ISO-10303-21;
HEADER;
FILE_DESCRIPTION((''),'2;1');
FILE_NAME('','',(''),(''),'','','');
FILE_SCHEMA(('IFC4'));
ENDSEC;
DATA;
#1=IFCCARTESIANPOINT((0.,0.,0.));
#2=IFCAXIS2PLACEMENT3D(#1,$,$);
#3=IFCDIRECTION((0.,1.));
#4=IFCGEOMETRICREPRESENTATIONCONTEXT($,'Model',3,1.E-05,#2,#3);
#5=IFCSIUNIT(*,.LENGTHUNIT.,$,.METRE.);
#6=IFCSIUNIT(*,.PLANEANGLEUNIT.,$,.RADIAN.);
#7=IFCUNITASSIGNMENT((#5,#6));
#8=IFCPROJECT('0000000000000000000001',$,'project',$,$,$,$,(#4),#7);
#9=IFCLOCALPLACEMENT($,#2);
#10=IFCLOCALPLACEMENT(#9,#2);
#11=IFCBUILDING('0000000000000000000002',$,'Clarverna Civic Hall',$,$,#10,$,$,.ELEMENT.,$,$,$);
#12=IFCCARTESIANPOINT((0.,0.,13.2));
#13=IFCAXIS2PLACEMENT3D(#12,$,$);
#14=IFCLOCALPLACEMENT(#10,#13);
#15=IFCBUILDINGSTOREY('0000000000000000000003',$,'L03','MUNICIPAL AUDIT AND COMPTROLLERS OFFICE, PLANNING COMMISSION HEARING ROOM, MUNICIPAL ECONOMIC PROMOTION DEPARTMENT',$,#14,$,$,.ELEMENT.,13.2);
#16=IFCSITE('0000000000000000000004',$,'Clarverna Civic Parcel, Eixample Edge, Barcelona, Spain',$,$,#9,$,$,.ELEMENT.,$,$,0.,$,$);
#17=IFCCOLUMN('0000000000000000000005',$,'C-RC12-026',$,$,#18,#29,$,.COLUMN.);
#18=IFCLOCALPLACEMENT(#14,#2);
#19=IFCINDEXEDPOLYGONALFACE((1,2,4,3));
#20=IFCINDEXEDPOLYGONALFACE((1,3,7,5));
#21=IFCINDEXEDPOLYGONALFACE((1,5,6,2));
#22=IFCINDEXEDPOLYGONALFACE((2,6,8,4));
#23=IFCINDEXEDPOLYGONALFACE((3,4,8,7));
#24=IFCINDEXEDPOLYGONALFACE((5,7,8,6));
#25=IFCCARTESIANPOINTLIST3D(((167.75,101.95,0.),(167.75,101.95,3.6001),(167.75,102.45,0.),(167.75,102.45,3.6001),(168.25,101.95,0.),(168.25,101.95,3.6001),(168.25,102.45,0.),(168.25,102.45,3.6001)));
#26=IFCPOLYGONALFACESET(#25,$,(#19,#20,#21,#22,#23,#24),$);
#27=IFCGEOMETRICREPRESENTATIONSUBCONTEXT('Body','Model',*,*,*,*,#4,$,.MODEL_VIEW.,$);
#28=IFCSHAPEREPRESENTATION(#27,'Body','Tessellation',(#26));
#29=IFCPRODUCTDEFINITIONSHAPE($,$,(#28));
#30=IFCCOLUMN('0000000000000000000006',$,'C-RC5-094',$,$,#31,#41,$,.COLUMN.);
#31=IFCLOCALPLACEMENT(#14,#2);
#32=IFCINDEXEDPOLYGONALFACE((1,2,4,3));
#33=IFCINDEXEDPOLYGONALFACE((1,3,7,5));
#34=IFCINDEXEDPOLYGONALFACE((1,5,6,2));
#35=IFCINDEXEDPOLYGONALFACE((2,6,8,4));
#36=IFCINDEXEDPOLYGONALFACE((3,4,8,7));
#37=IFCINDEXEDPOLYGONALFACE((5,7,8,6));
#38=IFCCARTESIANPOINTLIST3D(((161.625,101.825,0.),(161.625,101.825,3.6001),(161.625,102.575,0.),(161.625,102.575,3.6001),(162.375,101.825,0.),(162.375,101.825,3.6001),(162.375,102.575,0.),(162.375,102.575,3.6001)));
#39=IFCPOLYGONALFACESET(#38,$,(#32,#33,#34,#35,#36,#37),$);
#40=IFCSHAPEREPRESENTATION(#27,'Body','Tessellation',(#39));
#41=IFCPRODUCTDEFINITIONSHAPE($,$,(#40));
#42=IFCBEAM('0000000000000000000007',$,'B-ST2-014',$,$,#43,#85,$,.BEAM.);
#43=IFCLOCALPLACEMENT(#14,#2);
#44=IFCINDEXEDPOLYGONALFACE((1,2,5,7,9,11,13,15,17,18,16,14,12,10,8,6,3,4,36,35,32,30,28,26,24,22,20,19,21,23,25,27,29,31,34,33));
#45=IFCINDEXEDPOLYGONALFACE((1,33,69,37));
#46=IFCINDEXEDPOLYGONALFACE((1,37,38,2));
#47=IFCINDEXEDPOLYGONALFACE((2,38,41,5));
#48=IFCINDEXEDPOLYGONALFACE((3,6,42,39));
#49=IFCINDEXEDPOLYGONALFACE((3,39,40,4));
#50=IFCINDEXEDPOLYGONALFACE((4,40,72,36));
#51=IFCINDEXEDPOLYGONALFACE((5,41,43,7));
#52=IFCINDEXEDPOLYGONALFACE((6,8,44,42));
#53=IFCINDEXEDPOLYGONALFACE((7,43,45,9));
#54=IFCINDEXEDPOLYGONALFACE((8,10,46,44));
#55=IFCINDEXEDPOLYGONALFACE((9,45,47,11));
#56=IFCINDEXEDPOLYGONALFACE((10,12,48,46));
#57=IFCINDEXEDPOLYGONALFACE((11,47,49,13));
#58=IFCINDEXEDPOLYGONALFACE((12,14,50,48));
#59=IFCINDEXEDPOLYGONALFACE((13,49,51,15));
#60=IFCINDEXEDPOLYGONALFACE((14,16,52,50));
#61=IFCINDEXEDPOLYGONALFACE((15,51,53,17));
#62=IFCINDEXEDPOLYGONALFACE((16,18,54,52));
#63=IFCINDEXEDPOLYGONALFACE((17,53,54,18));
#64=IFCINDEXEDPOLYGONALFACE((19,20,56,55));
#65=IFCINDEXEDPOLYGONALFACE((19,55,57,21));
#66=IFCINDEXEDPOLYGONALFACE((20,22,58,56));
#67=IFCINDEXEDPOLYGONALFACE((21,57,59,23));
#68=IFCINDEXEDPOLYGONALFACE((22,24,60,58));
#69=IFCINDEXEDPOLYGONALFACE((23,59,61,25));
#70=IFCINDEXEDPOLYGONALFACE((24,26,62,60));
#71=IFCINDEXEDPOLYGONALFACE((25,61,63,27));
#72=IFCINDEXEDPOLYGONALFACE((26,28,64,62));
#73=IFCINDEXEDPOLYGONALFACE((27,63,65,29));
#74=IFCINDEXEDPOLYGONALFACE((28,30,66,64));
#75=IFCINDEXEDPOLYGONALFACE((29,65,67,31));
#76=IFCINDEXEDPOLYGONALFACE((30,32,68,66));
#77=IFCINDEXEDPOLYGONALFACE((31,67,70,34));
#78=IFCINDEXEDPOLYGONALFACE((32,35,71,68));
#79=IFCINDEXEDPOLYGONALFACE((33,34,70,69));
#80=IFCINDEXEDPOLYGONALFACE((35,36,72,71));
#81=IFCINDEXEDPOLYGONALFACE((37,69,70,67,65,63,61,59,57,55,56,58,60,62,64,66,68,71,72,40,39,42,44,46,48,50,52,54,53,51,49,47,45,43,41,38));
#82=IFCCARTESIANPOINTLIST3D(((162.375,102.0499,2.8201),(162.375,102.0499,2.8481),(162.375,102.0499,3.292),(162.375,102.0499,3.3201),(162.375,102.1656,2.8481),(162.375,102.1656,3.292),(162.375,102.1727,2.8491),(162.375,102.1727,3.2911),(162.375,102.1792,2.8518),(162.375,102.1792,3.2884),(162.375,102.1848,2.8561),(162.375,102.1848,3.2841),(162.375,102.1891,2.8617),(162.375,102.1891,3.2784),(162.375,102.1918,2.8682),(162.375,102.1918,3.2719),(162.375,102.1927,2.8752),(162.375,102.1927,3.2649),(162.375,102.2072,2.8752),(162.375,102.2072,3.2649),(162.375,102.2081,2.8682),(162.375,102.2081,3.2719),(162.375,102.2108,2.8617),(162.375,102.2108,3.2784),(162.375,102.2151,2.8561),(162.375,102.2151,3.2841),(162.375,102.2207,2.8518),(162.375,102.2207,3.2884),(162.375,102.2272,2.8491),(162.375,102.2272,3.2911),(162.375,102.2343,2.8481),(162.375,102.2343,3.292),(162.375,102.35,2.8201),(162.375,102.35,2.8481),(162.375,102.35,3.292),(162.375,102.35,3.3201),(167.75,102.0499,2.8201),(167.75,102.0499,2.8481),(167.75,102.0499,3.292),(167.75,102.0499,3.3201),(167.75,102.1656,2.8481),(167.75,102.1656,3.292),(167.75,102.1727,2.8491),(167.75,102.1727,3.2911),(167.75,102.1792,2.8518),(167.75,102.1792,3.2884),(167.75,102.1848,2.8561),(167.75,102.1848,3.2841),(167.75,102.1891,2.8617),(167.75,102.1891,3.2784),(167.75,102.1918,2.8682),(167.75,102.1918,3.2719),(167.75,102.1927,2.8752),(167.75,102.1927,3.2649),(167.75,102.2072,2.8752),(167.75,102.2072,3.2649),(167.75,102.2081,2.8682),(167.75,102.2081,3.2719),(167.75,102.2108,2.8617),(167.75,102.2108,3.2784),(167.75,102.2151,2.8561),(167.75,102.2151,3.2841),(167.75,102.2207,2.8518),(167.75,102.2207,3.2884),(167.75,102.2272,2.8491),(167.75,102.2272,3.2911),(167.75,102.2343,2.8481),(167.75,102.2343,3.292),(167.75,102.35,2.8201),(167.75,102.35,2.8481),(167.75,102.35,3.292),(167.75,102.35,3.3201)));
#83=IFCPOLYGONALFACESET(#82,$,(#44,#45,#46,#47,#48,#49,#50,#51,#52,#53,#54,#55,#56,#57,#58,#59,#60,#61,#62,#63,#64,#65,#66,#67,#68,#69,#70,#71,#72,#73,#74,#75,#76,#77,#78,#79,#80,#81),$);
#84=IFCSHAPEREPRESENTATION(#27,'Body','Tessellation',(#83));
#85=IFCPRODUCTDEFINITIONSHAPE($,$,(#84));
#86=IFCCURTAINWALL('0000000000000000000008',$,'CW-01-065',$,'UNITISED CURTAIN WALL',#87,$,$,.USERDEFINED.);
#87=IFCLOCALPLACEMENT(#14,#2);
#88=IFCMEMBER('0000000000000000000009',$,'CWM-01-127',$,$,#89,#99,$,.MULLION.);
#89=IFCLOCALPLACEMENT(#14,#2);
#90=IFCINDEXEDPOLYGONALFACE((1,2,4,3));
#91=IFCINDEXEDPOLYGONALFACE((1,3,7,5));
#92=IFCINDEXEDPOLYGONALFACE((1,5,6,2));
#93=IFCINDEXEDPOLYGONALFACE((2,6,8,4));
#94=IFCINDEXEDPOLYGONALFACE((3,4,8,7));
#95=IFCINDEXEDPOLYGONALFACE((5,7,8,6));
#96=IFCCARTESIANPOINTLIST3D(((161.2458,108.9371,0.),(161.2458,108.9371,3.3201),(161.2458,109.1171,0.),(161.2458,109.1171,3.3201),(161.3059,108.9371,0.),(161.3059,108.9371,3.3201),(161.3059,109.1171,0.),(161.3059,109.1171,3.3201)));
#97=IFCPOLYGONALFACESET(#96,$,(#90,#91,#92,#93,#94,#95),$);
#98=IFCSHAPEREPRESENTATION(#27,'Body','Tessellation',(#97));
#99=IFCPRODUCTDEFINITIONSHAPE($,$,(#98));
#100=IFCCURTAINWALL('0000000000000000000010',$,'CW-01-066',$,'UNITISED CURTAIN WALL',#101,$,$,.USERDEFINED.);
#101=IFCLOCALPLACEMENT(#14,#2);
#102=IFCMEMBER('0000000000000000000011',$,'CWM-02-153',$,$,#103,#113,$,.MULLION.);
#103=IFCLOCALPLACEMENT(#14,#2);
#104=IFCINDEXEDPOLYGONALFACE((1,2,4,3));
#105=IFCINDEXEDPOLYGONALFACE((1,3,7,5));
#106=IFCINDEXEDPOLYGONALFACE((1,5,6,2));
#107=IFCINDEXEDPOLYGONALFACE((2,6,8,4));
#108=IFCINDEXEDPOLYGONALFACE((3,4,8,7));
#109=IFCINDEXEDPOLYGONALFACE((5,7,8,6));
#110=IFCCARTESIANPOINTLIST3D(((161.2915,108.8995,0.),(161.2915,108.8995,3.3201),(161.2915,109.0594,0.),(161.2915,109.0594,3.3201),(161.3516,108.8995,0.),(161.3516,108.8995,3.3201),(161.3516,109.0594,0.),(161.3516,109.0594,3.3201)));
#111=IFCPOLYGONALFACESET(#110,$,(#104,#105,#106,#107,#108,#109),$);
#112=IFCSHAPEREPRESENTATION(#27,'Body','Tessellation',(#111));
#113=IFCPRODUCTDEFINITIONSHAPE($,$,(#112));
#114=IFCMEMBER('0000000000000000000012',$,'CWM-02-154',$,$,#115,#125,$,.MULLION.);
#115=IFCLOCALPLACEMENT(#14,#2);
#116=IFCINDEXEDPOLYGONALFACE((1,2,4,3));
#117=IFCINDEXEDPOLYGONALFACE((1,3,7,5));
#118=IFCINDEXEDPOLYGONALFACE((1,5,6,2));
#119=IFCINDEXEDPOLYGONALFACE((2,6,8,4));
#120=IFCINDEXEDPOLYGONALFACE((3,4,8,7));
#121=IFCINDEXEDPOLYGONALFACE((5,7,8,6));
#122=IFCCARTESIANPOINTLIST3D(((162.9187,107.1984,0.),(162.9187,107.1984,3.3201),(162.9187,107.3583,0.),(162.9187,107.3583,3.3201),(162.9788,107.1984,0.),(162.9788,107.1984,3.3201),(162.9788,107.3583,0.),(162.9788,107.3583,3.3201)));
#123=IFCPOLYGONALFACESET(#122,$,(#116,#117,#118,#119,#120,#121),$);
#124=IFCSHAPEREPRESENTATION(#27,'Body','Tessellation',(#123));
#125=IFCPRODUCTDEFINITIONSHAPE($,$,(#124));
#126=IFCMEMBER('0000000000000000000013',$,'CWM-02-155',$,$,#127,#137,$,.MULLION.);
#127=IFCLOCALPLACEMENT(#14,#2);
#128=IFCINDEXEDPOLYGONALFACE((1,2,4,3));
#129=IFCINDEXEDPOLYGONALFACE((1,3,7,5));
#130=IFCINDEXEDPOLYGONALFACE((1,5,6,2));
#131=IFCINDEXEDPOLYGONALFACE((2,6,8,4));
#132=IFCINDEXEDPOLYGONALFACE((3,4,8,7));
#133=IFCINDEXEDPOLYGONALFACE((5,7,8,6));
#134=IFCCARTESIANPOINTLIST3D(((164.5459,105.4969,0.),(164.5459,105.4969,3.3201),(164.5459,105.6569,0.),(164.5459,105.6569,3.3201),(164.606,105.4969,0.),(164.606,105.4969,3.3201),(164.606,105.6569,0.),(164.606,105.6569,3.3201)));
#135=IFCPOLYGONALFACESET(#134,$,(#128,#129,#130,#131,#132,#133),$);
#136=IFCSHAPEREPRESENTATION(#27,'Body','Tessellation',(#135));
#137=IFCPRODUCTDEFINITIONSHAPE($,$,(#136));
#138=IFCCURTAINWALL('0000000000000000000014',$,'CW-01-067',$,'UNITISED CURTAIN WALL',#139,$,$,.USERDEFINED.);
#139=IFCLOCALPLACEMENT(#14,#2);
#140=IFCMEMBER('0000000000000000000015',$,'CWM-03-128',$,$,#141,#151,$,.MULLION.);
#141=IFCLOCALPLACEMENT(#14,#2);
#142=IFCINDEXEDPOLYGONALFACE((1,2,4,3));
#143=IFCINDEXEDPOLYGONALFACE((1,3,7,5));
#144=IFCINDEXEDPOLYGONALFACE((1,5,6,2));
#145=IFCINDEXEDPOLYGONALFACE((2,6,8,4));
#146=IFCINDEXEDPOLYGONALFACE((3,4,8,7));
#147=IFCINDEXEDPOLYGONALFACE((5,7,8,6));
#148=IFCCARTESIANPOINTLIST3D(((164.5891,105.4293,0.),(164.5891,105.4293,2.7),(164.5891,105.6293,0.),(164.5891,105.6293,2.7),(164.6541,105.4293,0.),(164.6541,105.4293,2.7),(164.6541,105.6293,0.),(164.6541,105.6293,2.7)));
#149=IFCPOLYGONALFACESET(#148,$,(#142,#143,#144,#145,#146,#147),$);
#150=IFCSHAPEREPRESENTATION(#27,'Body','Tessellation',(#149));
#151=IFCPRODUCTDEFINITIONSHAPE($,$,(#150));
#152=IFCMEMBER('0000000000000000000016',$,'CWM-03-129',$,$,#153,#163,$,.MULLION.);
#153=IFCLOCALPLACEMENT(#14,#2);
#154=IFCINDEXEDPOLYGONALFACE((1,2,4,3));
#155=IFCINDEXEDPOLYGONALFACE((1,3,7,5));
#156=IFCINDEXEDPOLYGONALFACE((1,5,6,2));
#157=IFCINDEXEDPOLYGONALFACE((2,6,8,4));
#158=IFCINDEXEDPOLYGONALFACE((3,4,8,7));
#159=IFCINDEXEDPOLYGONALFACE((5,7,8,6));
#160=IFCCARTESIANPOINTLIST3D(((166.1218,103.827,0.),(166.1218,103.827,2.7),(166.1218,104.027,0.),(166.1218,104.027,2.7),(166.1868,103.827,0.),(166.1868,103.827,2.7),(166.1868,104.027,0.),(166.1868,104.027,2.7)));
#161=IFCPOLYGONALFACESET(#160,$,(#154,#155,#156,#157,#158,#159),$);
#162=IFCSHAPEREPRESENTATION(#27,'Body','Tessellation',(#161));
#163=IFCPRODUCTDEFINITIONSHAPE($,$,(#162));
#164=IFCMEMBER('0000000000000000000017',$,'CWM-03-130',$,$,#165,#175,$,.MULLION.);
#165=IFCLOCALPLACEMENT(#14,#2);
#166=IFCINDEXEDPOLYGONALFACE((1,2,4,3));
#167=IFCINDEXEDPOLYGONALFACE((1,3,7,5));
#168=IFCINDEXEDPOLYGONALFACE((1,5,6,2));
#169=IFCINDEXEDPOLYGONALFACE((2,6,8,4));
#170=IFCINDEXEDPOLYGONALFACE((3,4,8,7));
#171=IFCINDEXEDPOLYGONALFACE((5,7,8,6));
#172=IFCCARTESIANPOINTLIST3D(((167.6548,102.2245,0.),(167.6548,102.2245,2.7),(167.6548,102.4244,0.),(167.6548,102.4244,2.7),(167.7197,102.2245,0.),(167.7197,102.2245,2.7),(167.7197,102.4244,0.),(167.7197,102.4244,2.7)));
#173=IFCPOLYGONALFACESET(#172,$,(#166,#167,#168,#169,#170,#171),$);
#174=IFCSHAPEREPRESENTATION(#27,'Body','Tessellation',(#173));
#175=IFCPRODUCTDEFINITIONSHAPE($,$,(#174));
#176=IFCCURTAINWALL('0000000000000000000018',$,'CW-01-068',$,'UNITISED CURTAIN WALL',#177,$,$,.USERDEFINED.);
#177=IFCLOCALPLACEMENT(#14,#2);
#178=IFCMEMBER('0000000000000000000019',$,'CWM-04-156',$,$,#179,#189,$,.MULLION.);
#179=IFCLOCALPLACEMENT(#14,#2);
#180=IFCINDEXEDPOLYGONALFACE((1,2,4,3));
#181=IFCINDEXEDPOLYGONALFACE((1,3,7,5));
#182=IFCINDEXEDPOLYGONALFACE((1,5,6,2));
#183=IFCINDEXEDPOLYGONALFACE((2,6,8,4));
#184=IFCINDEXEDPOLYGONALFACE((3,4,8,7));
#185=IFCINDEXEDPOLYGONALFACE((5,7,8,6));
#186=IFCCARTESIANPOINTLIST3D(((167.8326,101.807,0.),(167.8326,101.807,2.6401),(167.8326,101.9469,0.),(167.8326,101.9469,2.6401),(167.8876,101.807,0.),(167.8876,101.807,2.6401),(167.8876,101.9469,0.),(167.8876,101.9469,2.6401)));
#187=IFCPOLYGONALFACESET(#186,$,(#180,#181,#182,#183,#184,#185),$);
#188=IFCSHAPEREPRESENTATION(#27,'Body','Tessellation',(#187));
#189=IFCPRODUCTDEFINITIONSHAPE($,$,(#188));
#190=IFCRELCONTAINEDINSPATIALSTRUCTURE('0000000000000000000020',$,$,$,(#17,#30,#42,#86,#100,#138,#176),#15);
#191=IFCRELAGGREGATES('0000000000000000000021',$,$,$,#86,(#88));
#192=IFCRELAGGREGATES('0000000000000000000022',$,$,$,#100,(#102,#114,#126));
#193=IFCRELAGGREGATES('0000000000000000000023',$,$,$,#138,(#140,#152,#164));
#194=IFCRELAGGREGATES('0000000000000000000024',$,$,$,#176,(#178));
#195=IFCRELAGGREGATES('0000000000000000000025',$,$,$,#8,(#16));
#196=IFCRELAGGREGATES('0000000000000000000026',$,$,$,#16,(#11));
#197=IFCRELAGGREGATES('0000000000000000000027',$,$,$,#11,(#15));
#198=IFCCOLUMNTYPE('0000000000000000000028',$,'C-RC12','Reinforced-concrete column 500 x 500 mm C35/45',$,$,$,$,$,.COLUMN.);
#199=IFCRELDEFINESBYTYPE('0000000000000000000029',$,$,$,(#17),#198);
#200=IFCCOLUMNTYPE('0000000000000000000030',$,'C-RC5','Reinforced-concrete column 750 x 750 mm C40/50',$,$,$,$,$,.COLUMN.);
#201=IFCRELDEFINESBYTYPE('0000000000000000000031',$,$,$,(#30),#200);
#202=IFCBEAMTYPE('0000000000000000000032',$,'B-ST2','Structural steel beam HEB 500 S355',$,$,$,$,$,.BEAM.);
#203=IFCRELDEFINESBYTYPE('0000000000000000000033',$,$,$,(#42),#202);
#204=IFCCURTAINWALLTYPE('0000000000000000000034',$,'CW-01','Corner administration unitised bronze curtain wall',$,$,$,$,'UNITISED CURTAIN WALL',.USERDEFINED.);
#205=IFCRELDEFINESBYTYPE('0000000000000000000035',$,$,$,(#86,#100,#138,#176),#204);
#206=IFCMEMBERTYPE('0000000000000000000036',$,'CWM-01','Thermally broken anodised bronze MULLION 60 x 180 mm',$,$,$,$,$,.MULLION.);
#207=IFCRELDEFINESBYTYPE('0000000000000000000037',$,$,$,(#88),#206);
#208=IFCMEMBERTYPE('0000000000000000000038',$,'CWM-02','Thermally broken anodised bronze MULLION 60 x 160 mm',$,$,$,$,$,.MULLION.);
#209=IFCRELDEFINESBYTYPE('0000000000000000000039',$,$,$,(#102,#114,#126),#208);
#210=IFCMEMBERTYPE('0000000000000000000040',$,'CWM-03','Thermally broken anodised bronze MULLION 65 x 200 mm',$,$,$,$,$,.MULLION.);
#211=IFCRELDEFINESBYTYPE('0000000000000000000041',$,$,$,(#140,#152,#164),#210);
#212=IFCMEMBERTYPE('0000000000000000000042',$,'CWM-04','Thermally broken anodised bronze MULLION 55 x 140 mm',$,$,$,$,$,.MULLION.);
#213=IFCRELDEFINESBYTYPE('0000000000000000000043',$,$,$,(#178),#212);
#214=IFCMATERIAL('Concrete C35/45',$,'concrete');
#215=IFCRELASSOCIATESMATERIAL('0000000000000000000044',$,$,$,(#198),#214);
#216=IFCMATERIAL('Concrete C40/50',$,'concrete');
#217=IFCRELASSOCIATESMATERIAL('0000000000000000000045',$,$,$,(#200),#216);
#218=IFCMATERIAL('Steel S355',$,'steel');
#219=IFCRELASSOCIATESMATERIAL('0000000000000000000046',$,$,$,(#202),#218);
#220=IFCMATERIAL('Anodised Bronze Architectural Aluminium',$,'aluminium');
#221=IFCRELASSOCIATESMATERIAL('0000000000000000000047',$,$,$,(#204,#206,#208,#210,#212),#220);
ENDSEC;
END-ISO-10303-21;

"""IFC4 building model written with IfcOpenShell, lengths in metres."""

from ifc_helpers import new_model, si_unit, direction, frame, origin, origin_2d, place, context, subcontext, project, spatial, rectangle, i_section, extrude, material, material_profile, profile_set, type_object, element, aggregate, save


model = new_model("IFC4")

# Units and contexts
model_context = context("Model", 3, precision=1e-05, world=origin(), true_north=direction((0.0, 1.0)))
body_context = subcontext(model_context, "Body", "Model", "MODEL_VIEW")
ifc_project = project(units=[si_unit("LENGTHUNIT", "METRE"), si_unit("PLANEANGLEUNIT", "RADIAN")], contexts=[model_context])

# Site, building, storey
site_placement = place(None, origin())
site = spatial("IfcSite", under=ifc_project, at=site_placement, Name="Clarverna Civic Parcel, Eixample Edge, Barcelona, Spain", CompositionType="ELEMENT", RefElevation=0.0)
building_placement = place(site_placement, origin())
building = spatial("IfcBuilding", under=site, at=building_placement, Name="Clarverna Civic Hall", CompositionType="ELEMENT")
storey_placement = place(building_placement, frame((0.0, 0.0, 13.2)))
storey = spatial("IfcBuildingStorey", under=building, at=storey_placement, Name="L03", Description="MUNICIPAL AUDIT AND COMPTROLLERS OFFICE, PLANNING COMMISSION HEARING ROOM, MUNICIPAL ECONOMIC PROMOTION DEPARTMENT", CompositionType="ELEMENT", Elevation=13.2)

# Columns
ifc_material_1 = material(Name="Concrete C35/45", Category="concrete")
ifc_material_profile_1 = material_profile(ifc_material_1, rectangle(XDim=0.5, YDim=0.5, at=origin_2d()), Name="RC 500x500")
ifc_profile_set_1 = profile_set([ifc_material_profile_1], Name="Concrete C35/45")
column_type_1 = type_object("IfcColumnType", Name="C-RC12", Description="Reinforced-concrete column 500 x 500 mm C35/45", PredefinedType="COLUMN", material=ifc_profile_set_1)
column_1_placement = place(storey_placement, frame((168.0, 102.2, 0.0), z_axis=(0.0, 0.0, 1.0), x_axis=(1.0, 0.0, 0.0)))
element("IfcColumn", 1, at=column_1_placement, inside=storey, type_object=column_type_1, Name="C-RC12-026", PredefinedType="COLUMN", context=body_context, shape_type="SweptSolid", body=[
    extrude(rectangle(XDim=0.5, YDim=0.5, at=origin_2d()), origin(), (0.0, 0.0, 1.0), 3.6001),
])
ifc_material_2 = material(Name="Concrete C40/50", Category="concrete")
ifc_material_profile_2 = material_profile(ifc_material_2, rectangle(XDim=0.75, YDim=0.75, at=origin_2d()), Name="RC 750x750")
ifc_profile_set_2 = profile_set([ifc_material_profile_2], Name="Concrete C40/50")
column_type_2 = type_object("IfcColumnType", Name="C-RC5", Description="Reinforced-concrete column 750 x 750 mm C40/50", PredefinedType="COLUMN", material=ifc_profile_set_2)
column_2_placement = place(storey_placement, frame((162.0, 102.2, 0.0), z_axis=(0.0, 0.0, 1.0), x_axis=(1.0, 0.0, 0.0)))
element("IfcColumn", 2, at=column_2_placement, inside=storey, type_object=column_type_2, Name="C-RC5-094", PredefinedType="COLUMN", context=body_context, shape_type="SweptSolid", body=[
    extrude(rectangle(XDim=0.75, YDim=0.75, at=origin_2d()), origin(), (0.0, 0.0, 1.0), 3.6001),
])

# Beam
ifc_material_3 = material(Name="Steel S355", Category="steel")
ifc_material_profile_3 = material_profile(ifc_material_3, i_section(OverallWidth=0.3, OverallDepth=0.5, WebThickness=0.0144, FlangeThickness=0.0281, FilletRadius=0.0271, at=origin_2d()), Name="HEB 500")
ifc_profile_set_3 = profile_set([ifc_material_profile_3], Name="Steel S355")
beam_type = type_object("IfcBeamType", Name="B-ST2", Description="Structural steel beam HEB 500 S355", PredefinedType="BEAM", material=ifc_profile_set_3)
beam_placement = place(storey_placement, frame((162.375, 102.2, 3.0701), z_axis=(1.0, 0.0, 0.0), x_axis=(0.0, 1.0, 0.0)))
element("IfcBeam", 3, at=beam_placement, inside=storey, type_object=beam_type, Name="B-ST2-014", PredefinedType="BEAM", context=body_context, shape_type="SweptSolid", body=[
    extrude(i_section(OverallWidth=0.3, OverallDepth=0.5, WebThickness=0.0144, FlangeThickness=0.0281, FilletRadius=0.0271, at=origin_2d()), origin(), (0.0, 0.0, 1.0), 5.375),
])

# Curtain wall, member
ifc_material_4 = material(Name="Anodised Bronze Architectural Aluminium", Category="aluminium")
curtain_wall_type = type_object("IfcCurtainWallType", Name="CW-01", Description="Corner administration unitised bronze curtain wall", ElementType="UNITISED CURTAIN WALL", PredefinedType="USERDEFINED", material=ifc_material_4)
curtain_wall_1_placement = place(storey_placement, origin())
curtain_wall_1 = element("IfcCurtainWall", 4, at=curtain_wall_1_placement, inside=storey, type_object=curtain_wall_type, Name="CW-01-065", ObjectType="UNITISED CURTAIN WALL", PredefinedType="USERDEFINED")
ifc_material_profile_4 = material_profile(ifc_material_4, rectangle(XDim=0.0601, YDim=0.1799, at=origin_2d()), Name="BRONZE 60x180")
ifc_profile_set_4 = profile_set([ifc_material_profile_4], Name="Anodised Bronze Architectural Aluminium")
member_type_1 = type_object("IfcMemberType", Name="CWM-01", Description="Thermally broken anodised bronze MULLION 60 x 180 mm", PredefinedType="MULLION", material=ifc_profile_set_4)
member_1_placement = place(storey_placement, frame((161.2759, 109.0271, 0.0), z_axis=(0.0, 0.0, 1.0), x_axis=(1.0, 0.0, 0.0)))
member_1 = element("IfcMember", 5, at=member_1_placement, type_object=member_type_1, Name="CWM-01-127", PredefinedType="MULLION", context=body_context, shape_type="SweptSolid", body=[
    extrude(rectangle(XDim=0.0601, YDim=0.1799, at=origin_2d()), origin(), (0.0, 0.0, 1.0), 3.3201),
])
aggregate(curtain_wall_1, [member_1])

# Curtain walls, members
curtain_wall_2_placement = place(storey_placement, origin())
curtain_wall_2 = element("IfcCurtainWall", 6, at=curtain_wall_2_placement, inside=storey, type_object=curtain_wall_type, Name="CW-01-066", ObjectType="UNITISED CURTAIN WALL", PredefinedType="USERDEFINED")
ifc_material_profile_5 = material_profile(ifc_material_4, rectangle(XDim=0.0601, YDim=0.1599, at=origin_2d()), Name="BRONZE 60x160")
ifc_profile_set_5 = profile_set([ifc_material_profile_5], Name="Anodised Bronze Architectural Aluminium")
member_type_2 = type_object("IfcMemberType", Name="CWM-02", Description="Thermally broken anodised bronze MULLION 60 x 160 mm", PredefinedType="MULLION", material=ifc_profile_set_5)
member_2_placement = place(storey_placement, frame((161.3215, 108.9795, 0.0), z_axis=(0.0, 0.0, 1.0), x_axis=(1.0, 0.0, 0.0)))
member_2 = element("IfcMember", 7, at=member_2_placement, type_object=member_type_2, Name="CWM-02-153", PredefinedType="MULLION", context=body_context, shape_type="SweptSolid", body=[
    extrude(rectangle(XDim=0.0601, YDim=0.1599, at=origin_2d()), origin(), (0.0, 0.0, 1.0), 3.3201),
])
member_3_placement = place(storey_placement, frame((162.9487, 107.2783, 0.0), z_axis=(0.0, 0.0, 1.0), x_axis=(1.0, 0.0, 0.0)))
member_3 = element("IfcMember", 8, at=member_3_placement, type_object=member_type_2, Name="CWM-02-154", PredefinedType="MULLION", context=body_context, shape_type="SweptSolid", body=[
    extrude(rectangle(XDim=0.0601, YDim=0.1599, at=origin_2d()), origin(), (0.0, 0.0, 1.0), 3.3201),
])
member_4_placement = place(storey_placement, frame((164.5759, 105.5769, 0.0), z_axis=(0.0, 0.0, 1.0), x_axis=(1.0, 0.0, 0.0)))
member_4 = element("IfcMember", 9, at=member_4_placement, type_object=member_type_2, Name="CWM-02-155", PredefinedType="MULLION", context=body_context, shape_type="SweptSolid", body=[
    extrude(rectangle(XDim=0.0601, YDim=0.1599, at=origin_2d()), origin(), (0.0, 0.0, 1.0), 3.3201),
])
curtain_wall_3_placement = place(storey_placement, origin())
curtain_wall_3 = element("IfcCurtainWall", 10, at=curtain_wall_3_placement, inside=storey, type_object=curtain_wall_type, Name="CW-01-067", ObjectType="UNITISED CURTAIN WALL", PredefinedType="USERDEFINED")
ifc_material_profile_6 = material_profile(ifc_material_4, rectangle(XDim=0.0649, YDim=0.2, at=origin_2d()), Name="BRONZE 65x200")
ifc_profile_set_6 = profile_set([ifc_material_profile_6], Name="Anodised Bronze Architectural Aluminium")
member_type_3 = type_object("IfcMemberType", Name="CWM-03", Description="Thermally broken anodised bronze MULLION 65 x 200 mm", PredefinedType="MULLION", material=ifc_profile_set_6)
member_5_placement = place(storey_placement, frame((164.6216, 105.5293, 0.0), z_axis=(0.0, 0.0, 1.0), x_axis=(1.0, 0.0, 0.0)))
member_5 = element("IfcMember", 11, at=member_5_placement, type_object=member_type_3, Name="CWM-03-128", PredefinedType="MULLION", context=body_context, shape_type="SweptSolid", body=[
    extrude(rectangle(XDim=0.0649, YDim=0.2, at=origin_2d()), origin(), (0.0, 0.0, 1.0), 2.7),
])
member_6_placement = place(storey_placement, frame((166.1543, 103.927, 0.0), z_axis=(0.0, 0.0, 1.0), x_axis=(1.0, 0.0, 0.0)))
member_6 = element("IfcMember", 12, at=member_6_placement, type_object=member_type_3, Name="CWM-03-129", PredefinedType="MULLION", context=body_context, shape_type="SweptSolid", body=[
    extrude(rectangle(XDim=0.0649, YDim=0.2, at=origin_2d()), origin(), (0.0, 0.0, 1.0), 2.7),
])
member_7_placement = place(storey_placement, frame((167.6873, 102.3245, 0.0), z_axis=(0.0, 0.0, 1.0), x_axis=(1.0, 0.0, 0.0)))
member_7 = element("IfcMember", 13, at=member_7_placement, type_object=member_type_3, Name="CWM-03-130", PredefinedType="MULLION", context=body_context, shape_type="SweptSolid", body=[
    extrude(rectangle(XDim=0.0649, YDim=0.2, at=origin_2d()), origin(), (0.0, 0.0, 1.0), 2.7),
])

# Curtain wall, member
curtain_wall_4_placement = place(storey_placement, origin())
curtain_wall_4 = element("IfcCurtainWall", 14, at=curtain_wall_4_placement, inside=storey, type_object=curtain_wall_type, Name="CW-01-068", ObjectType="UNITISED CURTAIN WALL", PredefinedType="USERDEFINED")
ifc_material_profile_7 = material_profile(ifc_material_4, rectangle(XDim=0.0549, YDim=0.1399, at=origin_2d()), Name="BRONZE 55x140")
ifc_profile_set_7 = profile_set([ifc_material_profile_7], Name="Anodised Bronze Architectural Aluminium")
member_type_4 = type_object("IfcMemberType", Name="CWM-04", Description="Thermally broken anodised bronze MULLION 55 x 140 mm", PredefinedType="MULLION", material=ifc_profile_set_7)
member_8_placement = place(storey_placement, frame((167.8601, 101.877, 0.0), z_axis=(0.0, 0.0, 1.0), x_axis=(1.0, 0.0, 0.0)))
member_8 = element("IfcMember", 15, at=member_8_placement, type_object=member_type_4, Name="CWM-04-156", PredefinedType="MULLION", context=body_context, shape_type="SweptSolid", body=[
    extrude(rectangle(XDim=0.0549, YDim=0.1399, at=origin_2d()), origin(), (0.0, 0.0, 1.0), 2.6401),
])

aggregate(curtain_wall_2, [member_2, member_3, member_4])
aggregate(curtain_wall_3, [member_5, member_6, member_7])
aggregate(curtain_wall_4, [member_8])

save(model, "model.ifc")
